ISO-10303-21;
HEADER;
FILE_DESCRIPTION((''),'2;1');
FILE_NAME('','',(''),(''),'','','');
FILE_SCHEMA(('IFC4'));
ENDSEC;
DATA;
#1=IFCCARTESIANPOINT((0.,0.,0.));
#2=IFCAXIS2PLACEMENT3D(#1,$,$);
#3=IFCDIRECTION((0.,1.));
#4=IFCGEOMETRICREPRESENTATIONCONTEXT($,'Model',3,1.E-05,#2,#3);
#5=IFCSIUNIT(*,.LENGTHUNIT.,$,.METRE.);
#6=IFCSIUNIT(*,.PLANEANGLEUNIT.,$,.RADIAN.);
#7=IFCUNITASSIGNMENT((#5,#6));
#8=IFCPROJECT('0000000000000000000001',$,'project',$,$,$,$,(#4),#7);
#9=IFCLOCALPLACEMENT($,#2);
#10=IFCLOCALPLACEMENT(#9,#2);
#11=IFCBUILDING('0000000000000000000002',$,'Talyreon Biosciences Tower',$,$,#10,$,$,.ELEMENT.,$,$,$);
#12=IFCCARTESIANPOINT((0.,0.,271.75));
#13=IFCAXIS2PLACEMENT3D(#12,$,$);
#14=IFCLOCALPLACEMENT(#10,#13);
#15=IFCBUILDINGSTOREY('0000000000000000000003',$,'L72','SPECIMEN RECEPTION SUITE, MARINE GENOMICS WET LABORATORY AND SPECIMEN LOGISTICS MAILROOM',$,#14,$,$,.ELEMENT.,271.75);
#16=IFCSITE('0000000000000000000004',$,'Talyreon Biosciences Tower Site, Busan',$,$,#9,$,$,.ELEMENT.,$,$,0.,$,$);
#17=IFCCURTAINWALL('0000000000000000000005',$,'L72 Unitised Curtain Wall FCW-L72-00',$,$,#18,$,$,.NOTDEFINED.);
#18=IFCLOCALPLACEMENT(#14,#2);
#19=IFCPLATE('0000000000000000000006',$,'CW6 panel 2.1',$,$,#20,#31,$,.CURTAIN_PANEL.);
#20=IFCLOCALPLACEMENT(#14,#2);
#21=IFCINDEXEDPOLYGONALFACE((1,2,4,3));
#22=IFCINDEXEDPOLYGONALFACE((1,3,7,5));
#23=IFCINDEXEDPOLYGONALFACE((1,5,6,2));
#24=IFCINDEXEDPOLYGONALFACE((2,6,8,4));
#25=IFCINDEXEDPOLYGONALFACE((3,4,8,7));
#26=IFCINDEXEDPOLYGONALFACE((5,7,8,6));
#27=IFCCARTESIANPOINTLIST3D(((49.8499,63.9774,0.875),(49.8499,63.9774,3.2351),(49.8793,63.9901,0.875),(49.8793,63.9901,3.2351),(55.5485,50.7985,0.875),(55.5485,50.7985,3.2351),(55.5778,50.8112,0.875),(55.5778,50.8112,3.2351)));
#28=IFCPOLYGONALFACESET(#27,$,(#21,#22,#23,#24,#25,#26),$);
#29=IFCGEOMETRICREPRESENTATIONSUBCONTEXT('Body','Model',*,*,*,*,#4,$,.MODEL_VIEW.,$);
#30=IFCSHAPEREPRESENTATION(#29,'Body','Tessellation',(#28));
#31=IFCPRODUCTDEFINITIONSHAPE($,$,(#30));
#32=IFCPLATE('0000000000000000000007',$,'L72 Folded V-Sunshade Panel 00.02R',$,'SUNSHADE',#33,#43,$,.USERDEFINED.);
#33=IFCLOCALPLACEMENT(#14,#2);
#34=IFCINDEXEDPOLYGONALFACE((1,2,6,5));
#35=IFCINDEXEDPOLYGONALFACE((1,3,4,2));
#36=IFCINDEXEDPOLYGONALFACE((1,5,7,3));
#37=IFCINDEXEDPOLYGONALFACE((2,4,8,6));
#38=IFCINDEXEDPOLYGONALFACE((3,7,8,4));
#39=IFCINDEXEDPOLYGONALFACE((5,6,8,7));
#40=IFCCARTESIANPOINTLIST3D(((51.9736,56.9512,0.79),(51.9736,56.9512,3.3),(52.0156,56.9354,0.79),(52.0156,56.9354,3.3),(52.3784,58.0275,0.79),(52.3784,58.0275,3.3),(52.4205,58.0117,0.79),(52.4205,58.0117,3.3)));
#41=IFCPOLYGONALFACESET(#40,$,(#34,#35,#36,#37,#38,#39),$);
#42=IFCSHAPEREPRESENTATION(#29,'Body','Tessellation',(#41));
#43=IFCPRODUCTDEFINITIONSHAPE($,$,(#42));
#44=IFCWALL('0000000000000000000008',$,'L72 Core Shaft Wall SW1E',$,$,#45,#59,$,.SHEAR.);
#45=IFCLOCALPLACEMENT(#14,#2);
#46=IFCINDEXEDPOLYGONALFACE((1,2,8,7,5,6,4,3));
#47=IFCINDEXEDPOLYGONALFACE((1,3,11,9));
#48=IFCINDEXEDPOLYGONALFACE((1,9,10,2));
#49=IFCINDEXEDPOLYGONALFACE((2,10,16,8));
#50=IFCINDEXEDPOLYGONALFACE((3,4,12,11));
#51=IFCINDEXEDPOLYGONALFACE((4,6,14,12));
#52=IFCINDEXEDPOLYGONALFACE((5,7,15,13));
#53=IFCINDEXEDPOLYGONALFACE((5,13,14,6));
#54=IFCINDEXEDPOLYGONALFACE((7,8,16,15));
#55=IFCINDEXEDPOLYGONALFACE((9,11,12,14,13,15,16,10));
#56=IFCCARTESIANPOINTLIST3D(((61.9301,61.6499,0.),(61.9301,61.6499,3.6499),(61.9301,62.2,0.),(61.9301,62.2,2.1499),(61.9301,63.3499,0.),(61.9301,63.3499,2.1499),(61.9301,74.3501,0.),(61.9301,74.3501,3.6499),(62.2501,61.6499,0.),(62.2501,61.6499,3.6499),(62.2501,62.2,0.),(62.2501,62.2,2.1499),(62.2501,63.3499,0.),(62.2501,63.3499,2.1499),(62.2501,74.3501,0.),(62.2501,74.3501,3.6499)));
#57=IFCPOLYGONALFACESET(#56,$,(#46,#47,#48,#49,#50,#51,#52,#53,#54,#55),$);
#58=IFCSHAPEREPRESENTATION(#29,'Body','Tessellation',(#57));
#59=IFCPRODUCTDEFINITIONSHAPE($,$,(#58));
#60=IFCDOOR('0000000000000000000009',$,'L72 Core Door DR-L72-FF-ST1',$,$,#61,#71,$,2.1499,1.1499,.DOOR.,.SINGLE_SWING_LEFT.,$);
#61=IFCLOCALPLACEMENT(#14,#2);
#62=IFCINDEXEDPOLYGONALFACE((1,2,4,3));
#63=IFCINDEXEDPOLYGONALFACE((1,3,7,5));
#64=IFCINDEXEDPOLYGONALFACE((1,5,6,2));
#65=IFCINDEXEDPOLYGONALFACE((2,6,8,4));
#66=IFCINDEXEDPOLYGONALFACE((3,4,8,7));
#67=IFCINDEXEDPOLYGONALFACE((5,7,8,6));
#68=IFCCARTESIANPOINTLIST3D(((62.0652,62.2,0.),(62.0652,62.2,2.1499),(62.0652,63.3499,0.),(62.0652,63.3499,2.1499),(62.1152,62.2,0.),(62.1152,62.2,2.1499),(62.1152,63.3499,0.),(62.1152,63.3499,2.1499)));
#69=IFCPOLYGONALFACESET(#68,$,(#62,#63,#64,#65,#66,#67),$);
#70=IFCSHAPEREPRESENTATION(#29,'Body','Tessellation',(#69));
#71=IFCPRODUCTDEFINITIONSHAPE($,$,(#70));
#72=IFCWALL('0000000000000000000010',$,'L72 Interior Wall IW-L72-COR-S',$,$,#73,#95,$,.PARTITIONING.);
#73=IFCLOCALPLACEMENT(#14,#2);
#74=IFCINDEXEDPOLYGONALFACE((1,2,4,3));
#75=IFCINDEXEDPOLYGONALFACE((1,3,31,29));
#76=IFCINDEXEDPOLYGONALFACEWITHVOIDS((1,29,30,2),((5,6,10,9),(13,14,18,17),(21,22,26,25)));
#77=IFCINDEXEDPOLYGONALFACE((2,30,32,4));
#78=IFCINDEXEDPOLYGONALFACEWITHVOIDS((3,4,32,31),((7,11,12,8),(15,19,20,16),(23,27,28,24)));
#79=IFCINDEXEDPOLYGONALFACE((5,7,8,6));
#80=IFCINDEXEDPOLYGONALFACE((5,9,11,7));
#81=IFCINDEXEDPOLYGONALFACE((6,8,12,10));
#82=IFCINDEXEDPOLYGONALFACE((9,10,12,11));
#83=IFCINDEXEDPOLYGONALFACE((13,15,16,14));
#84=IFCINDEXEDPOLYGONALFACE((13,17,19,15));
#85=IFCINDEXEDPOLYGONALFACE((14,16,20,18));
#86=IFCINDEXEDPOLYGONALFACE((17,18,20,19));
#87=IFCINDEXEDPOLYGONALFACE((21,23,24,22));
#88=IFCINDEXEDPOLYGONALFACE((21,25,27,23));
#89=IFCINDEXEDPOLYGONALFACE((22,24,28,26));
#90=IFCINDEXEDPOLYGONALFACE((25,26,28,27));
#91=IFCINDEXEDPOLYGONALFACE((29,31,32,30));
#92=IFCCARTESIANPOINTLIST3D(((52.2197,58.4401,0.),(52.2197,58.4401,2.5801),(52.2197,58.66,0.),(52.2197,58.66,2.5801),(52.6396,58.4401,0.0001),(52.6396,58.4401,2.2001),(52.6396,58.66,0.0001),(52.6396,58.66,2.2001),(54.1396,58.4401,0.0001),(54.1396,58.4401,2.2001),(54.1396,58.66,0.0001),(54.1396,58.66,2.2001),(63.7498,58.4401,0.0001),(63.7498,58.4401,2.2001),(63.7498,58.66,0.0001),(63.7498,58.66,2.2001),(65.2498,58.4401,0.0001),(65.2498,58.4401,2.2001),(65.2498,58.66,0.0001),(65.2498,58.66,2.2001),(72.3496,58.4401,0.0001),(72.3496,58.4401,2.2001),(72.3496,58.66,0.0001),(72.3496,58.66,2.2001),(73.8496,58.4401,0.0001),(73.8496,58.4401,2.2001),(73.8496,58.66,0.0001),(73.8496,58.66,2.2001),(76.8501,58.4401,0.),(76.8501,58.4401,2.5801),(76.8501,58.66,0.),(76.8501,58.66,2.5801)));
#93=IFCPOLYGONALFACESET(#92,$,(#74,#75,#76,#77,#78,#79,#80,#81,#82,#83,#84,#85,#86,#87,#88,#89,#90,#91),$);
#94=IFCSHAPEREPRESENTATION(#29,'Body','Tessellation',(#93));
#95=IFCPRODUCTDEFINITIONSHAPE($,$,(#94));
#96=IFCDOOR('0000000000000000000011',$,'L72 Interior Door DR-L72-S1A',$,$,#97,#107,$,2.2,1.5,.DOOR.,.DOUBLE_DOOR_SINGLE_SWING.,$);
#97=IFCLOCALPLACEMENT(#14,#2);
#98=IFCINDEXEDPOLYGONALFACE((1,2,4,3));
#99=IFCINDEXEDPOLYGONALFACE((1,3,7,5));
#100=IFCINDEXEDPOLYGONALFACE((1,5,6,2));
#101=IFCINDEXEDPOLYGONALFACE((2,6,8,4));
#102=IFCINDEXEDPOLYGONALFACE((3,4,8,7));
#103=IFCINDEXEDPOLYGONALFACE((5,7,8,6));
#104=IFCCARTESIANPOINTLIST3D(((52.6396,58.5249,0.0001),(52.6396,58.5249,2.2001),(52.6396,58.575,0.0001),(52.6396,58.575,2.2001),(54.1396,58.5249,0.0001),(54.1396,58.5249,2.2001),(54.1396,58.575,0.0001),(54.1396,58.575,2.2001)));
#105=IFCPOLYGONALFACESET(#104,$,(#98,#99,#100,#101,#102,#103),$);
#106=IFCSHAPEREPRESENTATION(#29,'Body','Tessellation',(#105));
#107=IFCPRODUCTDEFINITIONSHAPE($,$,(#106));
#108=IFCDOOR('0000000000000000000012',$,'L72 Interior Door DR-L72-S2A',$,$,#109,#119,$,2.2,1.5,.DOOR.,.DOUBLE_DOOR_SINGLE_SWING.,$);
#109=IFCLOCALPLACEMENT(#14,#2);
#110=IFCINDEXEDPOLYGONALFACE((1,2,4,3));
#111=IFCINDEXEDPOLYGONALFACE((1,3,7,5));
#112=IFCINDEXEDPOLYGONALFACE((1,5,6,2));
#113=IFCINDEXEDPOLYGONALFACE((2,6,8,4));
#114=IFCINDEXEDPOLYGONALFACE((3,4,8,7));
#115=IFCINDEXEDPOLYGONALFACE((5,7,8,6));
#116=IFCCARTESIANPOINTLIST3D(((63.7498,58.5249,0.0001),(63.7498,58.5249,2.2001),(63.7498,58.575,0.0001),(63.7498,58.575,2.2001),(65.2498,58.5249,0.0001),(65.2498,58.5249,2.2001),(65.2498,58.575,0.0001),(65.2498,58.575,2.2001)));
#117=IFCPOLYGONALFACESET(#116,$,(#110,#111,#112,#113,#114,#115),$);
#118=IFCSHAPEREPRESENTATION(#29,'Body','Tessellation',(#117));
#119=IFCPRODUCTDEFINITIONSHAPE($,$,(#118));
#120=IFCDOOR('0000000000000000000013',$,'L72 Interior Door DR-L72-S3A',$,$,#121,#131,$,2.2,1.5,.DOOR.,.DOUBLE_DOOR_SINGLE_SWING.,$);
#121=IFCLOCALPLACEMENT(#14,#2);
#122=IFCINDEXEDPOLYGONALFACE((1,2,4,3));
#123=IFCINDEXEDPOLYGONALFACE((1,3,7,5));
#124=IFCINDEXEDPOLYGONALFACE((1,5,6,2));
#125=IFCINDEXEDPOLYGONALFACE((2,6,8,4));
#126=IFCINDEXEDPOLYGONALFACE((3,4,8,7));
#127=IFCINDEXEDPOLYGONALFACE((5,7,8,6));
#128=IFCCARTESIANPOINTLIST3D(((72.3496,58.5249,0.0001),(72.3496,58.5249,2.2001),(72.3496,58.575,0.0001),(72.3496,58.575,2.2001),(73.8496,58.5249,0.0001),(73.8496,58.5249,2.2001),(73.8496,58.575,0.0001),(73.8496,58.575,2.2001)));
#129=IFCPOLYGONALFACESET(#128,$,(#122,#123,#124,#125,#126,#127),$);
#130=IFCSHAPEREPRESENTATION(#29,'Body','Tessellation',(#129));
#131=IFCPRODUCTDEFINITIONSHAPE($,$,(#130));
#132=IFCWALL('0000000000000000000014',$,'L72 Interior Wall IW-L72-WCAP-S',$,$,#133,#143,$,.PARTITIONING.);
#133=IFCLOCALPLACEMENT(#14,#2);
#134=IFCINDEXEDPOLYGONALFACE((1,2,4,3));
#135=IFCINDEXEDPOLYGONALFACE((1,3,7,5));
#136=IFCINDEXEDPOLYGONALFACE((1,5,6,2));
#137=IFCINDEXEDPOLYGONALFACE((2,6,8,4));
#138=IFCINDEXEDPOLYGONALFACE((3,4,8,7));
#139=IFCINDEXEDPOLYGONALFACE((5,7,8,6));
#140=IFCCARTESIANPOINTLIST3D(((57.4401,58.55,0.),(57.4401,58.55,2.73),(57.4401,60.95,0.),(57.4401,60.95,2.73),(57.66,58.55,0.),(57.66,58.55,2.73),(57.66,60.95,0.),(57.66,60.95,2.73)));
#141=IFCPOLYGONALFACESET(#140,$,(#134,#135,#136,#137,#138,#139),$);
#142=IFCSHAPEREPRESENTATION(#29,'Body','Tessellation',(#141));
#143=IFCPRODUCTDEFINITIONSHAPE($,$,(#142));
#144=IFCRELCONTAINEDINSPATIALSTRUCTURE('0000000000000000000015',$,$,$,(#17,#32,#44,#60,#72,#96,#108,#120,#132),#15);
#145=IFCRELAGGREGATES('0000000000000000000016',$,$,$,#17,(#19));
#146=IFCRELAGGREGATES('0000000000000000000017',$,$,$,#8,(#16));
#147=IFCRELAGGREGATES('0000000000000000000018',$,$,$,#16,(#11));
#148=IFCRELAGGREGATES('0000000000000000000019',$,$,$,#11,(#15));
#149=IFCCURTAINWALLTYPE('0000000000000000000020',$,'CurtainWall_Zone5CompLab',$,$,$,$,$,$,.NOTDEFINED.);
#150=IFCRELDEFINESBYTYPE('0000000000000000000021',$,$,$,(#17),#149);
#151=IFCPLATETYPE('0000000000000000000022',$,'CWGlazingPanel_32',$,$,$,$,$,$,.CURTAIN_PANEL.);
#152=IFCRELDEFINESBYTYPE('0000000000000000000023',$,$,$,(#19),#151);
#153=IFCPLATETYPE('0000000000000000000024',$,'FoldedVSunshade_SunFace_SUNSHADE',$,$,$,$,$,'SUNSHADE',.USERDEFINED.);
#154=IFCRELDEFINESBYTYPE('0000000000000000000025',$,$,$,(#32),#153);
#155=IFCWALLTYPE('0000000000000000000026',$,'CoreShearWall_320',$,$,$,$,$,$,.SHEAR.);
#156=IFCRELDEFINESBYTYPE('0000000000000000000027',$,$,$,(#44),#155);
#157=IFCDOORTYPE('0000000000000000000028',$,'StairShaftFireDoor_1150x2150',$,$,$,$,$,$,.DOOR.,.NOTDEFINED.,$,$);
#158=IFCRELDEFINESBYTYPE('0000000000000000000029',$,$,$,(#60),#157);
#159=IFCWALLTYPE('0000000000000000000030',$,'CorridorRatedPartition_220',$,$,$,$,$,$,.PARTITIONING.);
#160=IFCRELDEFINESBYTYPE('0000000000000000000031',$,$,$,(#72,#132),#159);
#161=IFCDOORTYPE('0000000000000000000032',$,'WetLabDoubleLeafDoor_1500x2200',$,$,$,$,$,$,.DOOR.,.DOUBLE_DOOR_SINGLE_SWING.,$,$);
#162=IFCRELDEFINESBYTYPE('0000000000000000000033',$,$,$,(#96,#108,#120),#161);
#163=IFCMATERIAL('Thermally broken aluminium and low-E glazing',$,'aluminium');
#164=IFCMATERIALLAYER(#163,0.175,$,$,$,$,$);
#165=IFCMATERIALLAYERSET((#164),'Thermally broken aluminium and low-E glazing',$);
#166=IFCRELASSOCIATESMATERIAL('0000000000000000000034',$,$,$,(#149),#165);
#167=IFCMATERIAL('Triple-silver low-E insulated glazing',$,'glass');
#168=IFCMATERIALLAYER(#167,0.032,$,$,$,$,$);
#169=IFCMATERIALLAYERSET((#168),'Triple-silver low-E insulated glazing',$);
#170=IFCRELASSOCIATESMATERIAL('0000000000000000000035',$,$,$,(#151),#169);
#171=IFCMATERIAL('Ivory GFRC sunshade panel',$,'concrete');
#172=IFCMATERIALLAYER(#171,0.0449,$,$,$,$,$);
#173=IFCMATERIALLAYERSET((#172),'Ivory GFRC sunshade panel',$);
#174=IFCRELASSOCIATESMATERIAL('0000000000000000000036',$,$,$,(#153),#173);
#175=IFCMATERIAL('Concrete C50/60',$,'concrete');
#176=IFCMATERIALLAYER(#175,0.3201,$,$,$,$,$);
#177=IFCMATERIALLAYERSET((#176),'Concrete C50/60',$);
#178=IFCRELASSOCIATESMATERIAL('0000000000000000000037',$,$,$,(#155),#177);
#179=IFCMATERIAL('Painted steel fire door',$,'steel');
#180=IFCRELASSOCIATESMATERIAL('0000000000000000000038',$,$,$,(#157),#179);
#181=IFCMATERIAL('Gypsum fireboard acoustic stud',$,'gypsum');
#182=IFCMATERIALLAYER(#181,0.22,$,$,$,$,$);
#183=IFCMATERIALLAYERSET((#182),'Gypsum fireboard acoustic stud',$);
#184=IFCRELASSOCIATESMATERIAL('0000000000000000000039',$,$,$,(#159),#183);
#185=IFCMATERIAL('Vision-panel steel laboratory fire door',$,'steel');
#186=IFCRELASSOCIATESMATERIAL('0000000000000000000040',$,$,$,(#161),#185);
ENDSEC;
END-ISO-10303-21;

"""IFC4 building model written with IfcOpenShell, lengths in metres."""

from ifc_helpers import new_model, si_unit, direction, frame, frame_2d, origin, origin_2d, place, context, subcontext, project, spatial, rectangle, extrude, material, layer, layer_set, type_object, element, fill, aggregate, save


model = new_model("IFC4")

# Units and contexts
model_context = context("Model", 3, precision=1e-05, world=origin(), true_north=direction((0.0, 1.0)))
body_context = subcontext(model_context, "Body", "Model", "MODEL_VIEW")
ifc_project = project(units=[si_unit("LENGTHUNIT", "METRE"), si_unit("PLANEANGLEUNIT", "RADIAN")], contexts=[model_context])

# Site, building, storey
site_placement = place(None, origin())
site = spatial("IfcSite", under=ifc_project, at=site_placement, Name="Talyreon Biosciences Tower Site, Busan", CompositionType="ELEMENT", RefElevation=0.0)
building_placement = place(site_placement, origin())
building = spatial("IfcBuilding", under=site, at=building_placement, Name="Talyreon Biosciences Tower", CompositionType="ELEMENT")
storey_placement = place(building_placement, frame((0.0, 0.0, 271.75)))
storey = spatial("IfcBuildingStorey", under=building, at=storey_placement, Name="L72", Description="SPECIMEN RECEPTION SUITE, MARINE GENOMICS WET LABORATORY AND SPECIMEN LOGISTICS MAILROOM", CompositionType="ELEMENT", Elevation=271.75)

# Shared definitions
ifc_material_1 = material(Name="Concrete C50/60", Category="concrete")

# Curtain wall
ifc_material_2 = material(Name="Thermally broken aluminium and low-E glazing", Category="aluminium")
ifc_layer_1 = layer(ifc_material_2, 0.175)
ifc_layer_set_1 = layer_set([ifc_layer_1], Name="Thermally broken aluminium and low-E glazing")
curtain_wall_type = type_object("IfcCurtainWallType", Name="CurtainWall_Zone5CompLab", PredefinedType="NOTDEFINED", material=ifc_layer_set_1)
curtain_wall_placement = place(storey_placement, origin())
curtain_wall = element("IfcCurtainWall", 1, at=curtain_wall_placement, inside=storey, type_object=curtain_wall_type, Name="L72 Unitised Curtain Wall FCW-L72-00", PredefinedType="NOTDEFINED")

# Plates
ifc_material_3 = material(Name="Triple-silver low-E insulated glazing", Category="glass")
ifc_layer_2 = layer(ifc_material_3, 0.032)
ifc_layer_set_2 = layer_set([ifc_layer_2], Name="Triple-silver low-E insulated glazing")
plate_type_1 = type_object("IfcPlateType", Name="CWGlazingPanel_32", PredefinedType="CURTAIN_PANEL", material=ifc_layer_set_2)
plate_1_placement = place(storey_placement, frame((52.7139, 57.3943, 0.875), z_axis=(0.0, 0.0, 1.0), x_axis=(-0.396887, 0.917868, 0.0)))
plate_1 = element("IfcPlate", 2, at=plate_1_placement, type_object=plate_type_1, Name="CW6 panel 2.1", PredefinedType="CURTAIN_PANEL", context=body_context, shape_type="SweptSolid", body=[
    extrude(rectangle(XDim=14.3582, YDim=0.032, at=origin_2d()), origin(), (0.0, 0.0, 1.0), 2.3601),
])
aggregate(curtain_wall, [plate_1])
ifc_material_4 = material(Name="Ivory GFRC sunshade panel", Category="concrete")
ifc_layer_3 = layer(ifc_material_4, 0.0449)
ifc_layer_set_3 = layer_set([ifc_layer_3], Name="Ivory GFRC sunshade panel")
plate_type_2 = type_object("IfcPlateType", Name="FoldedVSunshade_SunFace_SUNSHADE", ElementType="SUNSHADE", PredefinedType="USERDEFINED", material=ifc_layer_set_3)
plate_2_placement = place(storey_placement, frame((52.197, 57.4814, 0.79), z_axis=(0.0, 0.0, 1.0), x_axis=(0.352103, 0.935961, 0.0)))
element("IfcPlate", 3, at=plate_2_placement, inside=storey, type_object=plate_type_2, Name="L72 Folded V-Sunshade Panel 00.02R", ObjectType="SUNSHADE", PredefinedType="USERDEFINED", context=body_context, shape_type="SweptSolid", body=[
    extrude(rectangle(XDim=1.1499, YDim=0.0449, at=origin_2d()), origin(), (0.0, 0.0, 1.0), 2.51),
])

# Wall, opening, door
ifc_layer_4 = layer(ifc_material_1, 0.3201)
ifc_layer_set_4 = layer_set([ifc_layer_4], Name="Concrete C50/60")
wall_type_1 = type_object("IfcWallType", Name="CoreShearWall_320", PredefinedType="SHEAR", material=ifc_layer_set_4)
wall_1_placement = place(storey_placement, frame((62.0901, 61.6499, 0.0), z_axis=(0.0, 0.0, 1.0), x_axis=(0.0, 1.0, 0.0)))
wall_1 = element("IfcWall", 4, at=wall_1_placement, inside=storey, type_object=wall_type_1, Name="L72 Core Shaft Wall SW1E", PredefinedType="SHEAR", context=body_context, shape_type="SweptSolid", body=[
    extrude(rectangle(XDim=12.7002, YDim=0.3201, at=frame_2d((6.3501, 0.0))), origin(), (0.0, 0.0, 1.0), 3.6499),
])
opening_1_placement = place(wall_1_placement, frame((0.55, 0.0, 0.0)))
opening_1 = element("IfcOpeningElement", 5, at=opening_1_placement, cuts=wall_1, PredefinedType="OPENING", context=body_context, shape_type="SweptSolid", body=[
    extrude(rectangle(XDim=1.1499, YDim=2.1499, at=frame_2d((0.575, 1.075))), frame((0.0, 0.1699, 0.0), z_axis=(0.0, -1.0, 0.0), x_axis=(1.0, 0.0, 0.0)), (0.0, 0.0, 1.0), 0.3401),
])
ifc_material_5 = material(Name="Painted steel fire door", Category="steel")
door_type_1 = type_object("IfcDoorType", Name="StairShaftFireDoor_1150x2150", OperationType="NOTDEFINED", PredefinedType="DOOR", material=ifc_material_5)
door_1_placement = place(opening_1_placement, origin())
door_1 = element("IfcDoor", 6, at=door_1_placement, inside=storey, type_object=door_type_1, Name="L72 Core Door DR-L72-FF-ST1", OperationType="SINGLE_SWING_LEFT", OverallHeight=2.1499, OverallWidth=1.1499, PredefinedType="DOOR", context=body_context, shape_type="SweptSolid", body=[
    extrude(rectangle(XDim=1.1499, YDim=2.1499, at=frame_2d((0.575, 1.075))), frame((0.0, 0.0249, 0.0), z_axis=(0.0, -1.0, 0.0), x_axis=(1.0, 0.0, 0.0)), (0.0, 0.0, 1.0), 0.05),
])
fill(opening_1, door_1)

# Wall, openings, doors
ifc_material_6 = material(Name="Gypsum fireboard acoustic stud", Category="gypsum")
ifc_layer_5 = layer(ifc_material_6, 0.22)
ifc_layer_set_5 = layer_set([ifc_layer_5], Name="Gypsum fireboard acoustic stud")
wall_type_2 = type_object("IfcWallType", Name="CorridorRatedPartition_220", PredefinedType="PARTITIONING", material=ifc_layer_set_5)
wall_2_placement = place(storey_placement, frame((52.2197, 58.55, 0.0), z_axis=(0.0, 0.0, 1.0), x_axis=(1.0, 0.0, 0.0)))
wall_2 = element("IfcWall", 7, at=wall_2_placement, inside=storey, type_object=wall_type_2, Name="L72 Interior Wall IW-L72-COR-S", PredefinedType="PARTITIONING", context=body_context, shape_type="SweptSolid", body=[
    extrude(rectangle(XDim=24.6304, YDim=0.22, at=frame_2d((12.3152, 0.0))), origin(), (0.0, 0.0, 1.0), 2.5801),
])
opening_2_placement = place(wall_2_placement, frame((0.4199, 0.0, 0.0)))
opening_2 = element("IfcOpeningElement", 8, at=opening_2_placement, cuts=wall_2, PredefinedType="OPENING", context=body_context, shape_type="SweptSolid", body=[
    extrude(rectangle(XDim=1.5, YDim=2.2, at=frame_2d((0.75, 1.1001))), frame((0.0, 0.1199, 0.0), z_axis=(0.0, -1.0, 0.0), x_axis=(1.0, 0.0, 0.0)), (0.0, 0.0, 1.0), 0.24),
])
opening_3_placement = place(wall_2_placement, frame((11.53, 0.0, 0.0)))
opening_3 = element("IfcOpeningElement", 9, at=opening_3_placement, cuts=wall_2, PredefinedType="OPENING", context=body_context, shape_type="SweptSolid", body=[
    extrude(rectangle(XDim=1.5, YDim=2.2, at=frame_2d((0.75, 1.1001))), frame((0.0, 0.1199, 0.0), z_axis=(0.0, -1.0, 0.0), x_axis=(1.0, 0.0, 0.0)), (0.0, 0.0, 1.0), 0.24),
])
opening_4_placement = place(wall_2_placement, frame((20.1299, 0.0, 0.0)))
opening_4 = element("IfcOpeningElement", 10, at=opening_4_placement, cuts=wall_2, PredefinedType="OPENING", context=body_context, shape_type="SweptSolid", body=[
    extrude(rectangle(XDim=1.5, YDim=2.2, at=frame_2d((0.75, 1.1001))), frame((0.0, 0.1199, 0.0), z_axis=(0.0, -1.0, 0.0), x_axis=(1.0, 0.0, 0.0)), (0.0, 0.0, 1.0), 0.24),
])
ifc_material_7 = material(Name="Vision-panel steel laboratory fire door", Category="steel")
door_type_2 = type_object("IfcDoorType", Name="WetLabDoubleLeafDoor_1500x2200", OperationType="DOUBLE_DOOR_SINGLE_SWING", PredefinedType="DOOR", material=ifc_material_7)
door_2_placement = place(opening_2_placement, origin())
door_2 = element("IfcDoor", 11, at=door_2_placement, inside=storey, type_object=door_type_2, Name="L72 Interior Door DR-L72-S1A", OperationType="DOUBLE_DOOR_SINGLE_SWING", OverallHeight=2.2, OverallWidth=1.5, PredefinedType="DOOR", context=body_context, shape_type="SweptSolid", body=[
    extrude(rectangle(XDim=1.5, YDim=2.2, at=frame_2d((0.75, 1.1001))), frame((0.0, 0.0249, 0.0), z_axis=(0.0, -1.0, 0.0), x_axis=(1.0, 0.0, 0.0)), (0.0, 0.0, 1.0), 0.05),
])
fill(opening_2, door_2)
door_3_placement = place(opening_3_placement, origin())
door_3 = element("IfcDoor", 12, at=door_3_placement, inside=storey, type_object=door_type_2, Name="L72 Interior Door DR-L72-S2A", OperationType="DOUBLE_DOOR_SINGLE_SWING", OverallHeight=2.2, OverallWidth=1.5, PredefinedType="DOOR", context=body_context, shape_type="SweptSolid", body=[
    extrude(rectangle(XDim=1.5, YDim=2.2, at=frame_2d((0.75, 1.1001))), frame((0.0, 0.0249, 0.0), z_axis=(0.0, -1.0, 0.0), x_axis=(1.0, 0.0, 0.0)), (0.0, 0.0, 1.0), 0.05),
])
fill(opening_3, door_3)
door_4_placement = place(opening_4_placement, origin())
door_4 = element("IfcDoor", 13, at=door_4_placement, inside=storey, type_object=door_type_2, Name="L72 Interior Door DR-L72-S3A", OperationType="DOUBLE_DOOR_SINGLE_SWING", OverallHeight=2.2, OverallWidth=1.5, PredefinedType="DOOR", context=body_context, shape_type="SweptSolid", body=[
    extrude(rectangle(XDim=1.5, YDim=2.2, at=frame_2d((0.75, 1.1001))), frame((0.0, 0.0249, 0.0), z_axis=(0.0, -1.0, 0.0), x_axis=(1.0, 0.0, 0.0)), (0.0, 0.0, 1.0), 0.05),
])
fill(opening_4, door_4)

# Wall
wall_3_placement = place(storey_placement, frame((57.55, 58.55, 0.0), z_axis=(0.0, 0.0, 1.0), x_axis=(0.0, 1.0, 0.0)))
element("IfcWall", 14, at=wall_3_placement, inside=storey, type_object=wall_type_2, Name="L72 Interior Wall IW-L72-WCAP-S", PredefinedType="PARTITIONING", context=body_context, shape_type="SweptSolid", body=[
    extrude(rectangle(XDim=2.3999, YDim=0.22, at=frame_2d((1.2, 0.0))), origin(), (0.0, 0.0, 1.0), 2.73),
])

save(model, "model.ifc")
